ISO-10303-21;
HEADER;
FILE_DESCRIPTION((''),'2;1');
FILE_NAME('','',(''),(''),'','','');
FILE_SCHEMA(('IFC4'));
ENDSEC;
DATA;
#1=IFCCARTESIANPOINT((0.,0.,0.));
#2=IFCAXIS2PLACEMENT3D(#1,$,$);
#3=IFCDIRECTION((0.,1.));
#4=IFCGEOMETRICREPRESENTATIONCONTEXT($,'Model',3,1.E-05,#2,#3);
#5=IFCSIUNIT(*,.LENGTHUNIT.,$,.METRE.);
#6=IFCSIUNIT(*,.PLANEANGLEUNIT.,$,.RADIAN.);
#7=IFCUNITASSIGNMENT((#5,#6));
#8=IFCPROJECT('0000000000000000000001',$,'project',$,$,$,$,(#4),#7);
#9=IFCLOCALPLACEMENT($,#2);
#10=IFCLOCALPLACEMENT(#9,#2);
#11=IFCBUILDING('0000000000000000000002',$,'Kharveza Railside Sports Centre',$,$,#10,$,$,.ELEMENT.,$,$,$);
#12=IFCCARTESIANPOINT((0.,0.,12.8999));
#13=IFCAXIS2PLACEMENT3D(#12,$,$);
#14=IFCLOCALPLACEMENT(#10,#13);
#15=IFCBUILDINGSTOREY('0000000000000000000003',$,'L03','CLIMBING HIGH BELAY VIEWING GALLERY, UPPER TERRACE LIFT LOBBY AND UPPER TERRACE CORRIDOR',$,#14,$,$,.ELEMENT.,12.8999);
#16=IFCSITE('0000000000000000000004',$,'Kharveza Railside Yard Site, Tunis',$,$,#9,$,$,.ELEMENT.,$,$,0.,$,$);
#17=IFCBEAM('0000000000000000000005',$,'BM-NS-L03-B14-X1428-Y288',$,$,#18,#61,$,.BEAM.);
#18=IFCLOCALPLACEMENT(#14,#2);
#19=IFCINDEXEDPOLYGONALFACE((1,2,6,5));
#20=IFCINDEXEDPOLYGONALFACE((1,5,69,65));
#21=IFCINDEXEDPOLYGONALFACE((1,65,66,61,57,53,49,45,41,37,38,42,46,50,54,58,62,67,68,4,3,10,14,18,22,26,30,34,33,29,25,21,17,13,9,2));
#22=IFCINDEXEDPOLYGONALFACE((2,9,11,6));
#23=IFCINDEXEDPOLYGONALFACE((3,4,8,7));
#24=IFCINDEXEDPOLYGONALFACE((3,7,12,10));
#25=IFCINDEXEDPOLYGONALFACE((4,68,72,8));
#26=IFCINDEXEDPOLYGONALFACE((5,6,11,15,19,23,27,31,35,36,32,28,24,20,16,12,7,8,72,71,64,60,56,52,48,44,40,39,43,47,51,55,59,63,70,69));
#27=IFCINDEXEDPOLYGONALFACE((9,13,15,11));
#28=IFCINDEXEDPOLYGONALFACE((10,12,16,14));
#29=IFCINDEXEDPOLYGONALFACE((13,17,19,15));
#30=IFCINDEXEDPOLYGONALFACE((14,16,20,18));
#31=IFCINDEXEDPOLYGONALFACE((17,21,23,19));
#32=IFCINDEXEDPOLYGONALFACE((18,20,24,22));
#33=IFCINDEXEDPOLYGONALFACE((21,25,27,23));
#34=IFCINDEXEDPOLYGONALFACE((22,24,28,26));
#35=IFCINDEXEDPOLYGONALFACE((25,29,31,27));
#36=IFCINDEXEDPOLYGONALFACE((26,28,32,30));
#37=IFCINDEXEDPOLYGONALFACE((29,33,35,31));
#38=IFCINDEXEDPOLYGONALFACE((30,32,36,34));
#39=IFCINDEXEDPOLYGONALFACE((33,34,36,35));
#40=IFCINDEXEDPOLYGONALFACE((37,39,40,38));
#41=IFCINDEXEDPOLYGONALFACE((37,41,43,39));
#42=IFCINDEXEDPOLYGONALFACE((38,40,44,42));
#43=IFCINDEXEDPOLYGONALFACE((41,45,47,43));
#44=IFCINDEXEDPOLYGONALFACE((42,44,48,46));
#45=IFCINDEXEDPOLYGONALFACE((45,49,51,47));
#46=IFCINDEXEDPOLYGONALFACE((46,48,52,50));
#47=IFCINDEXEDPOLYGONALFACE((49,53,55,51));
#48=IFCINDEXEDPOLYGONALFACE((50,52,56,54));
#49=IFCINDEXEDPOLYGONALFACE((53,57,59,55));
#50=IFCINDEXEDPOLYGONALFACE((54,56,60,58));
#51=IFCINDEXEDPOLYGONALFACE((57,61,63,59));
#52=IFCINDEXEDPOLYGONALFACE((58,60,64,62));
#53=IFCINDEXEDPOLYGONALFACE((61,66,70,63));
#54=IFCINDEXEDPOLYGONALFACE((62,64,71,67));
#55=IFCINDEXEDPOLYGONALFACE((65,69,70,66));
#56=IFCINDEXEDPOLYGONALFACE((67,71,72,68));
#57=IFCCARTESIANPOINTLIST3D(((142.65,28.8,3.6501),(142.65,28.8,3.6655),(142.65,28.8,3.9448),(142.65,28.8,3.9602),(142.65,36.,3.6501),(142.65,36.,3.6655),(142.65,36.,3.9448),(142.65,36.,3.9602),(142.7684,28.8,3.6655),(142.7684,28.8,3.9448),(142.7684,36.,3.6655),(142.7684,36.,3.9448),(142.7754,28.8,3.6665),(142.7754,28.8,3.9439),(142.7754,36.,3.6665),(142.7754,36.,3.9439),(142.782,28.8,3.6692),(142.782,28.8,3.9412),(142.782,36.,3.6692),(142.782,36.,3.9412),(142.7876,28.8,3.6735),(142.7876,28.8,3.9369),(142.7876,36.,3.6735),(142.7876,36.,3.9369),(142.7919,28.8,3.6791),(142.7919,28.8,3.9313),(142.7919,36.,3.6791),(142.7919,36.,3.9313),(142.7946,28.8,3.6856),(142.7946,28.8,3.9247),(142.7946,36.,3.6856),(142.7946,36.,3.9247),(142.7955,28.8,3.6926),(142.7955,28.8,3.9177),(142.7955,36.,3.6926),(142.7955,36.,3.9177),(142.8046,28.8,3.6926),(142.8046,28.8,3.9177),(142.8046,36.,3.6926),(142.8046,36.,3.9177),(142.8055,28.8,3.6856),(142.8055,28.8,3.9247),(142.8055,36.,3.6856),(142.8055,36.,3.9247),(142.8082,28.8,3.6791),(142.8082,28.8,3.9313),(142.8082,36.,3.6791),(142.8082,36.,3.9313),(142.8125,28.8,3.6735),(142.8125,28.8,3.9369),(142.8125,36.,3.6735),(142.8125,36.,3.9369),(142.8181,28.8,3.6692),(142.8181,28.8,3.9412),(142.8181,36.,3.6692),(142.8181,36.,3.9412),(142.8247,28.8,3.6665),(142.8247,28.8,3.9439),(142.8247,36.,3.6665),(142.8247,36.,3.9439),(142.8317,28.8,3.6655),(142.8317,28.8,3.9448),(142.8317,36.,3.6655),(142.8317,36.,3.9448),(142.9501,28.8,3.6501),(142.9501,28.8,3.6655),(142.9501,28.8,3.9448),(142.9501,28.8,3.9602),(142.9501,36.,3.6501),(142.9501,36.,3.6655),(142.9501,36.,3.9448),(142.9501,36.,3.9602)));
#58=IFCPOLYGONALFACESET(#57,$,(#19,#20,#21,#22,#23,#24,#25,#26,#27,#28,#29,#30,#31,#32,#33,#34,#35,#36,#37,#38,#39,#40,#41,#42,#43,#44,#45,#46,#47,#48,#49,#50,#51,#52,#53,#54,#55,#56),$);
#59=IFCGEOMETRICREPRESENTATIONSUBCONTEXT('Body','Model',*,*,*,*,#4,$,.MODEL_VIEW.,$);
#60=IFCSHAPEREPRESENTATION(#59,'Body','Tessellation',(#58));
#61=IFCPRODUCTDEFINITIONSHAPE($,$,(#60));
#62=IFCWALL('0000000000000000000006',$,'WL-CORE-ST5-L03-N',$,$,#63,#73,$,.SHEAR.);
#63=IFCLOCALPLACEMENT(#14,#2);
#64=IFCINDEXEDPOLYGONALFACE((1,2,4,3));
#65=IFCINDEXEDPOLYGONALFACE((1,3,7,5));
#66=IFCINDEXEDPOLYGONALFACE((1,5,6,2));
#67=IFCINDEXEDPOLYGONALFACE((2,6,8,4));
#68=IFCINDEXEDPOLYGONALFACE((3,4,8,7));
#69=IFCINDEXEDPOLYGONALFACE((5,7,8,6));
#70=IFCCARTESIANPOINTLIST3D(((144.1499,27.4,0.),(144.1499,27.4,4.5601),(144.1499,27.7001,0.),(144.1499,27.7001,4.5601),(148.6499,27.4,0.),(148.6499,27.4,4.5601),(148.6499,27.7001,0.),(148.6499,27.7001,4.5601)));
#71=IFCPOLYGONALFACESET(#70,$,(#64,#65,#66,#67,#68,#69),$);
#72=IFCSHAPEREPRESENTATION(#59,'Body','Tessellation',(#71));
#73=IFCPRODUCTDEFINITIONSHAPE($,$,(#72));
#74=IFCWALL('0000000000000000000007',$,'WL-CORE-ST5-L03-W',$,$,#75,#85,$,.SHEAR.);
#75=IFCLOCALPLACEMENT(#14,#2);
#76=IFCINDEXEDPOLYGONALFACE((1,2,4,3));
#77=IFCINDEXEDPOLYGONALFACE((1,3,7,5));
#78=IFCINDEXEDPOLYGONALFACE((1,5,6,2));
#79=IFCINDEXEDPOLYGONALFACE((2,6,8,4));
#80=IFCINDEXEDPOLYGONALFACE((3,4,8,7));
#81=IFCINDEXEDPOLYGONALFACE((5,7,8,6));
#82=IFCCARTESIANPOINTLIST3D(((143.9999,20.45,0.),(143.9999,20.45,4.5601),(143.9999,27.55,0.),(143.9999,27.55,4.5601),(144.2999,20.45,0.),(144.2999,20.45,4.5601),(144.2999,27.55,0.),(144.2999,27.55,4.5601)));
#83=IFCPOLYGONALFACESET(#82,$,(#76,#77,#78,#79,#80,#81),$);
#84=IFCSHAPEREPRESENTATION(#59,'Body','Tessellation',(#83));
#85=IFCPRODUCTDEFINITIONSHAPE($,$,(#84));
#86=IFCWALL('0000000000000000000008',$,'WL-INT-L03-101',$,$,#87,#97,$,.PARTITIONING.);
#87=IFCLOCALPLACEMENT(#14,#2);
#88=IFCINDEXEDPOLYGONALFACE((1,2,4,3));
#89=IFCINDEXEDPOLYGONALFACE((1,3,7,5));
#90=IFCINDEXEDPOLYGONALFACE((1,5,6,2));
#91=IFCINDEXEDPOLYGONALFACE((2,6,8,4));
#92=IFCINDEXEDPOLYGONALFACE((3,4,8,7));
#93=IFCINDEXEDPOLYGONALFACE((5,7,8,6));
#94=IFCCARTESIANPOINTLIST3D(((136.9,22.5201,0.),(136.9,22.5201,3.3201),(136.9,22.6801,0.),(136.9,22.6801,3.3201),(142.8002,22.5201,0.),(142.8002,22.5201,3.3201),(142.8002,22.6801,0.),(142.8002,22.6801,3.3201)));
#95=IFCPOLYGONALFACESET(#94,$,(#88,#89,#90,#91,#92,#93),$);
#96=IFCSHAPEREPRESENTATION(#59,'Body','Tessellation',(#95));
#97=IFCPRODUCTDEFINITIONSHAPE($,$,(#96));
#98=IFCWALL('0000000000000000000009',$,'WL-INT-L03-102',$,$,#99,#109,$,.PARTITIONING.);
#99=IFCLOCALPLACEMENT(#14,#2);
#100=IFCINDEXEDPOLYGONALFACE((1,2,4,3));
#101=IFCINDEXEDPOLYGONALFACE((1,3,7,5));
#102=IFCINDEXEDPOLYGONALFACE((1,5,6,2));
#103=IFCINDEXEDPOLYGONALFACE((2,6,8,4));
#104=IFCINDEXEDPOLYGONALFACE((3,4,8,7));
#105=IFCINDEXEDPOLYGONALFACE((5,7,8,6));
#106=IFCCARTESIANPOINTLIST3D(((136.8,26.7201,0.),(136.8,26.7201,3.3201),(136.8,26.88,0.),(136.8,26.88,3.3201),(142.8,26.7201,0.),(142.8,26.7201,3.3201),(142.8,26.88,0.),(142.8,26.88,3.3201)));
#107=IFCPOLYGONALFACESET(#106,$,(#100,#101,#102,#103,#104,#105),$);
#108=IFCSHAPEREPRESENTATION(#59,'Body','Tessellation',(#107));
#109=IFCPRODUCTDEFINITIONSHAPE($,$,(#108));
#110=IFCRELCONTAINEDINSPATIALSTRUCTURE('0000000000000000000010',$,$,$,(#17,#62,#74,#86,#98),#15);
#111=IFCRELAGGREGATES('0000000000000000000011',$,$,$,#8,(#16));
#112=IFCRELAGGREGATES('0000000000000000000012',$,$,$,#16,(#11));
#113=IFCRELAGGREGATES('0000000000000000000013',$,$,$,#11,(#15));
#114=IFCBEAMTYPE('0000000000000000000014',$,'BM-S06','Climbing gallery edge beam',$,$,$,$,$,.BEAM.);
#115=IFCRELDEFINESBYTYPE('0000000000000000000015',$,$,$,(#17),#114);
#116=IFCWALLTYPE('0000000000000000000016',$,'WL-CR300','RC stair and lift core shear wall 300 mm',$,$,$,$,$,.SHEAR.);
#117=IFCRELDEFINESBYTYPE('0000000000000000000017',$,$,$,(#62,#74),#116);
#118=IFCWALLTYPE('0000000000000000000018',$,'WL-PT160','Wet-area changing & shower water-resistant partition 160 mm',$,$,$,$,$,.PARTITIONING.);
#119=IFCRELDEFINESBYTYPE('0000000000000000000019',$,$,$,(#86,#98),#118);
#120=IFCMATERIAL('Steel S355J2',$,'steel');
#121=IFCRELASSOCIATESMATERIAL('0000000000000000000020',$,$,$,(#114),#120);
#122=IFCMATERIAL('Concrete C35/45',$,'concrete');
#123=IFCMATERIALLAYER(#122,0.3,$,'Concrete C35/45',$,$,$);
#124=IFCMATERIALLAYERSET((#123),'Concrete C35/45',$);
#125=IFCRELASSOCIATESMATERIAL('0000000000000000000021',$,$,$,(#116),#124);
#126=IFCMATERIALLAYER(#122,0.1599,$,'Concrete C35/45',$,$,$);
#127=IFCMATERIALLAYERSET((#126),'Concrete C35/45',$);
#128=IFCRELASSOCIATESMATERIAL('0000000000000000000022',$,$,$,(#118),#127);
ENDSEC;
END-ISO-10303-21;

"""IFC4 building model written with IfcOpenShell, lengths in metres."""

from ifc_helpers import new_model, si_unit, direction, frame, frame_2d, origin, origin_2d, place, context, subcontext, project, spatial, rectangle, i_section, extrude, material, layer, layer_set, material_profile, profile_set, type_object, element, save


model = new_model("IFC4")

# Units and contexts
model_context = context("Model", 3, precision=1e-05, world=origin(), true_north=direction((0.0, 1.0)))
body_context = subcontext(model_context, "Body", "Model", "MODEL_VIEW")
ifc_project = project(units=[si_unit("LENGTHUNIT", "METRE"), si_unit("PLANEANGLEUNIT", "RADIAN")], contexts=[model_context])

# Site, building, storey
site_placement = place(None, origin())
site = spatial("IfcSite", under=ifc_project, at=site_placement, Name="Kharveza Railside Yard Site, Tunis", CompositionType="ELEMENT", RefElevation=0.0)
building_placement = place(site_placement, origin())
building = spatial("IfcBuilding", under=site, at=building_placement, Name="Kharveza Railside Sports Centre", CompositionType="ELEMENT")
storey_placement = place(building_placement, frame((0.0, 0.0, 12.8999)))
storey = spatial("IfcBuildingStorey", under=building, at=storey_placement, Name="L03", Description="CLIMBING HIGH BELAY VIEWING GALLERY, UPPER TERRACE LIFT LOBBY AND UPPER TERRACE CORRIDOR", CompositionType="ELEMENT", Elevation=12.8999)

# Shared definitions
ifc_material_1 = material(Name="Steel S355J2", Category="steel")

# Beam
ifc_material_profile_1 = material_profile(ifc_material_1, i_section(OverallWidth=0.3, OverallDepth=0.3101, WebThickness=0.009, FlangeThickness=0.0154, FilletRadius=0.0271, at=origin_2d()), Name="HEA 320")
ifc_profile_set_1 = profile_set([ifc_material_profile_1], Name="Steel S355J2")
beam_type_1 = type_object("IfcBeamType", Name="BM-S06", Description="Climbing gallery edge beam", PredefinedType="BEAM", material=ifc_profile_set_1)
for number, where, z_axis, x_axis, name in (
    (1, (142.8, 28.8, 3.8052), (0.0, 1.0, 0.0), (-1.0, 0.0, 0.0), "BM-NS-L03-B14-X1428-Y288"),
):
    element("IfcBeam", number, at=place(storey_placement, frame(where, z_axis=z_axis, x_axis=x_axis)), inside=storey, type_object=beam_type_1, Name=name, PredefinedType="BEAM", context=body_context, shape_type="SweptSolid", body=[
        extrude(i_section(OverallWidth=0.3, OverallDepth=0.3101, WebThickness=0.009, FlangeThickness=0.0154, FilletRadius=0.0271, at=origin_2d()), origin(), (0.0, 0.0, 1.0), 7.2),
    ])

# Walls
ifc_material_2 = material(Name="Concrete C35/45", Category="concrete")
ifc_layer_1 = layer(ifc_material_2, 0.3, Name="Concrete C35/45")
ifc_layer_set_1 = layer_set([ifc_layer_1], Name="Concrete C35/45")
wall_type_1 = type_object("IfcWallType", Name="WL-CR300", Description="RC stair and lift core shear wall 300 mm", PredefinedType="SHEAR", material=ifc_layer_set_1)
wall_1_placement = place(storey_placement, frame((148.6499, 27.55, 0.0), z_axis=(0.0, 0.0, 1.0), x_axis=(-1.0, 0.0, 0.0)))
element("IfcWall", 2, at=wall_1_placement, inside=storey, type_object=wall_type_1, Name="WL-CORE-ST5-L03-N", PredefinedType="SHEAR", context=body_context, shape_type="SweptSolid", body=[
    extrude(rectangle(XDim=4.5, YDim=0.3, at=frame_2d((2.25, 0.0))), origin(), (0.0, 0.0, 1.0), 4.5601),
])
wall_2_placement = place(storey_placement, frame((144.1499, 27.55, 0.0), z_axis=(0.0, 0.0, 1.0), x_axis=(0.0, -1.0, 0.0)))
element("IfcWall", 3, at=wall_2_placement, inside=storey, type_object=wall_type_1, Name="WL-CORE-ST5-L03-W", PredefinedType="SHEAR", context=body_context, shape_type="SweptSolid", body=[
    extrude(rectangle(XDim=7.1001, YDim=0.3, at=frame_2d((3.55, 0.0))), origin(), (0.0, 0.0, 1.0), 4.5601),
])

# Shared definitions
ifc_layer_2 = layer(ifc_material_2, 0.1599, Name="Concrete C35/45")
ifc_layer_set_2 = layer_set([ifc_layer_2], Name="Concrete C35/45")
wall_type_2 = type_object("IfcWallType", Name="WL-PT160", Description="Wet-area changing & shower water-resistant partition 160 mm", PredefinedType="PARTITIONING", material=ifc_layer_set_2)

# Walls
wall_3_placement = place(storey_placement, frame((136.8999, 22.6001, 0.0), z_axis=(0.0, 0.0, 1.0), x_axis=(1.0, 0.0, 0.0)))
element("IfcWall", 4, at=wall_3_placement, inside=storey, type_object=wall_type_2, Name="WL-INT-L03-101", PredefinedType="PARTITIONING", context=body_context, shape_type="SweptSolid", body=[
    extrude(rectangle(XDim=5.9001, YDim=0.1599, at=frame_2d((2.9502, 0.0))), origin(), (0.0, 0.0, 1.0), 3.3201),
])
wall_4_placement = place(storey_placement, frame((136.8, 26.8, 0.0), z_axis=(0.0, 0.0, 1.0), x_axis=(1.0, 0.0, 0.0)))
element("IfcWall", 5, at=wall_4_placement, inside=storey, type_object=wall_type_2, Name="WL-INT-L03-102", PredefinedType="PARTITIONING", context=body_context, shape_type="SweptSolid", body=[
    extrude(rectangle(XDim=6.0, YDim=0.1599, at=frame_2d((3.0, 0.0))), origin(), (0.0, 0.0, 1.0), 3.3201),
])

save(model, "model.ifc")
